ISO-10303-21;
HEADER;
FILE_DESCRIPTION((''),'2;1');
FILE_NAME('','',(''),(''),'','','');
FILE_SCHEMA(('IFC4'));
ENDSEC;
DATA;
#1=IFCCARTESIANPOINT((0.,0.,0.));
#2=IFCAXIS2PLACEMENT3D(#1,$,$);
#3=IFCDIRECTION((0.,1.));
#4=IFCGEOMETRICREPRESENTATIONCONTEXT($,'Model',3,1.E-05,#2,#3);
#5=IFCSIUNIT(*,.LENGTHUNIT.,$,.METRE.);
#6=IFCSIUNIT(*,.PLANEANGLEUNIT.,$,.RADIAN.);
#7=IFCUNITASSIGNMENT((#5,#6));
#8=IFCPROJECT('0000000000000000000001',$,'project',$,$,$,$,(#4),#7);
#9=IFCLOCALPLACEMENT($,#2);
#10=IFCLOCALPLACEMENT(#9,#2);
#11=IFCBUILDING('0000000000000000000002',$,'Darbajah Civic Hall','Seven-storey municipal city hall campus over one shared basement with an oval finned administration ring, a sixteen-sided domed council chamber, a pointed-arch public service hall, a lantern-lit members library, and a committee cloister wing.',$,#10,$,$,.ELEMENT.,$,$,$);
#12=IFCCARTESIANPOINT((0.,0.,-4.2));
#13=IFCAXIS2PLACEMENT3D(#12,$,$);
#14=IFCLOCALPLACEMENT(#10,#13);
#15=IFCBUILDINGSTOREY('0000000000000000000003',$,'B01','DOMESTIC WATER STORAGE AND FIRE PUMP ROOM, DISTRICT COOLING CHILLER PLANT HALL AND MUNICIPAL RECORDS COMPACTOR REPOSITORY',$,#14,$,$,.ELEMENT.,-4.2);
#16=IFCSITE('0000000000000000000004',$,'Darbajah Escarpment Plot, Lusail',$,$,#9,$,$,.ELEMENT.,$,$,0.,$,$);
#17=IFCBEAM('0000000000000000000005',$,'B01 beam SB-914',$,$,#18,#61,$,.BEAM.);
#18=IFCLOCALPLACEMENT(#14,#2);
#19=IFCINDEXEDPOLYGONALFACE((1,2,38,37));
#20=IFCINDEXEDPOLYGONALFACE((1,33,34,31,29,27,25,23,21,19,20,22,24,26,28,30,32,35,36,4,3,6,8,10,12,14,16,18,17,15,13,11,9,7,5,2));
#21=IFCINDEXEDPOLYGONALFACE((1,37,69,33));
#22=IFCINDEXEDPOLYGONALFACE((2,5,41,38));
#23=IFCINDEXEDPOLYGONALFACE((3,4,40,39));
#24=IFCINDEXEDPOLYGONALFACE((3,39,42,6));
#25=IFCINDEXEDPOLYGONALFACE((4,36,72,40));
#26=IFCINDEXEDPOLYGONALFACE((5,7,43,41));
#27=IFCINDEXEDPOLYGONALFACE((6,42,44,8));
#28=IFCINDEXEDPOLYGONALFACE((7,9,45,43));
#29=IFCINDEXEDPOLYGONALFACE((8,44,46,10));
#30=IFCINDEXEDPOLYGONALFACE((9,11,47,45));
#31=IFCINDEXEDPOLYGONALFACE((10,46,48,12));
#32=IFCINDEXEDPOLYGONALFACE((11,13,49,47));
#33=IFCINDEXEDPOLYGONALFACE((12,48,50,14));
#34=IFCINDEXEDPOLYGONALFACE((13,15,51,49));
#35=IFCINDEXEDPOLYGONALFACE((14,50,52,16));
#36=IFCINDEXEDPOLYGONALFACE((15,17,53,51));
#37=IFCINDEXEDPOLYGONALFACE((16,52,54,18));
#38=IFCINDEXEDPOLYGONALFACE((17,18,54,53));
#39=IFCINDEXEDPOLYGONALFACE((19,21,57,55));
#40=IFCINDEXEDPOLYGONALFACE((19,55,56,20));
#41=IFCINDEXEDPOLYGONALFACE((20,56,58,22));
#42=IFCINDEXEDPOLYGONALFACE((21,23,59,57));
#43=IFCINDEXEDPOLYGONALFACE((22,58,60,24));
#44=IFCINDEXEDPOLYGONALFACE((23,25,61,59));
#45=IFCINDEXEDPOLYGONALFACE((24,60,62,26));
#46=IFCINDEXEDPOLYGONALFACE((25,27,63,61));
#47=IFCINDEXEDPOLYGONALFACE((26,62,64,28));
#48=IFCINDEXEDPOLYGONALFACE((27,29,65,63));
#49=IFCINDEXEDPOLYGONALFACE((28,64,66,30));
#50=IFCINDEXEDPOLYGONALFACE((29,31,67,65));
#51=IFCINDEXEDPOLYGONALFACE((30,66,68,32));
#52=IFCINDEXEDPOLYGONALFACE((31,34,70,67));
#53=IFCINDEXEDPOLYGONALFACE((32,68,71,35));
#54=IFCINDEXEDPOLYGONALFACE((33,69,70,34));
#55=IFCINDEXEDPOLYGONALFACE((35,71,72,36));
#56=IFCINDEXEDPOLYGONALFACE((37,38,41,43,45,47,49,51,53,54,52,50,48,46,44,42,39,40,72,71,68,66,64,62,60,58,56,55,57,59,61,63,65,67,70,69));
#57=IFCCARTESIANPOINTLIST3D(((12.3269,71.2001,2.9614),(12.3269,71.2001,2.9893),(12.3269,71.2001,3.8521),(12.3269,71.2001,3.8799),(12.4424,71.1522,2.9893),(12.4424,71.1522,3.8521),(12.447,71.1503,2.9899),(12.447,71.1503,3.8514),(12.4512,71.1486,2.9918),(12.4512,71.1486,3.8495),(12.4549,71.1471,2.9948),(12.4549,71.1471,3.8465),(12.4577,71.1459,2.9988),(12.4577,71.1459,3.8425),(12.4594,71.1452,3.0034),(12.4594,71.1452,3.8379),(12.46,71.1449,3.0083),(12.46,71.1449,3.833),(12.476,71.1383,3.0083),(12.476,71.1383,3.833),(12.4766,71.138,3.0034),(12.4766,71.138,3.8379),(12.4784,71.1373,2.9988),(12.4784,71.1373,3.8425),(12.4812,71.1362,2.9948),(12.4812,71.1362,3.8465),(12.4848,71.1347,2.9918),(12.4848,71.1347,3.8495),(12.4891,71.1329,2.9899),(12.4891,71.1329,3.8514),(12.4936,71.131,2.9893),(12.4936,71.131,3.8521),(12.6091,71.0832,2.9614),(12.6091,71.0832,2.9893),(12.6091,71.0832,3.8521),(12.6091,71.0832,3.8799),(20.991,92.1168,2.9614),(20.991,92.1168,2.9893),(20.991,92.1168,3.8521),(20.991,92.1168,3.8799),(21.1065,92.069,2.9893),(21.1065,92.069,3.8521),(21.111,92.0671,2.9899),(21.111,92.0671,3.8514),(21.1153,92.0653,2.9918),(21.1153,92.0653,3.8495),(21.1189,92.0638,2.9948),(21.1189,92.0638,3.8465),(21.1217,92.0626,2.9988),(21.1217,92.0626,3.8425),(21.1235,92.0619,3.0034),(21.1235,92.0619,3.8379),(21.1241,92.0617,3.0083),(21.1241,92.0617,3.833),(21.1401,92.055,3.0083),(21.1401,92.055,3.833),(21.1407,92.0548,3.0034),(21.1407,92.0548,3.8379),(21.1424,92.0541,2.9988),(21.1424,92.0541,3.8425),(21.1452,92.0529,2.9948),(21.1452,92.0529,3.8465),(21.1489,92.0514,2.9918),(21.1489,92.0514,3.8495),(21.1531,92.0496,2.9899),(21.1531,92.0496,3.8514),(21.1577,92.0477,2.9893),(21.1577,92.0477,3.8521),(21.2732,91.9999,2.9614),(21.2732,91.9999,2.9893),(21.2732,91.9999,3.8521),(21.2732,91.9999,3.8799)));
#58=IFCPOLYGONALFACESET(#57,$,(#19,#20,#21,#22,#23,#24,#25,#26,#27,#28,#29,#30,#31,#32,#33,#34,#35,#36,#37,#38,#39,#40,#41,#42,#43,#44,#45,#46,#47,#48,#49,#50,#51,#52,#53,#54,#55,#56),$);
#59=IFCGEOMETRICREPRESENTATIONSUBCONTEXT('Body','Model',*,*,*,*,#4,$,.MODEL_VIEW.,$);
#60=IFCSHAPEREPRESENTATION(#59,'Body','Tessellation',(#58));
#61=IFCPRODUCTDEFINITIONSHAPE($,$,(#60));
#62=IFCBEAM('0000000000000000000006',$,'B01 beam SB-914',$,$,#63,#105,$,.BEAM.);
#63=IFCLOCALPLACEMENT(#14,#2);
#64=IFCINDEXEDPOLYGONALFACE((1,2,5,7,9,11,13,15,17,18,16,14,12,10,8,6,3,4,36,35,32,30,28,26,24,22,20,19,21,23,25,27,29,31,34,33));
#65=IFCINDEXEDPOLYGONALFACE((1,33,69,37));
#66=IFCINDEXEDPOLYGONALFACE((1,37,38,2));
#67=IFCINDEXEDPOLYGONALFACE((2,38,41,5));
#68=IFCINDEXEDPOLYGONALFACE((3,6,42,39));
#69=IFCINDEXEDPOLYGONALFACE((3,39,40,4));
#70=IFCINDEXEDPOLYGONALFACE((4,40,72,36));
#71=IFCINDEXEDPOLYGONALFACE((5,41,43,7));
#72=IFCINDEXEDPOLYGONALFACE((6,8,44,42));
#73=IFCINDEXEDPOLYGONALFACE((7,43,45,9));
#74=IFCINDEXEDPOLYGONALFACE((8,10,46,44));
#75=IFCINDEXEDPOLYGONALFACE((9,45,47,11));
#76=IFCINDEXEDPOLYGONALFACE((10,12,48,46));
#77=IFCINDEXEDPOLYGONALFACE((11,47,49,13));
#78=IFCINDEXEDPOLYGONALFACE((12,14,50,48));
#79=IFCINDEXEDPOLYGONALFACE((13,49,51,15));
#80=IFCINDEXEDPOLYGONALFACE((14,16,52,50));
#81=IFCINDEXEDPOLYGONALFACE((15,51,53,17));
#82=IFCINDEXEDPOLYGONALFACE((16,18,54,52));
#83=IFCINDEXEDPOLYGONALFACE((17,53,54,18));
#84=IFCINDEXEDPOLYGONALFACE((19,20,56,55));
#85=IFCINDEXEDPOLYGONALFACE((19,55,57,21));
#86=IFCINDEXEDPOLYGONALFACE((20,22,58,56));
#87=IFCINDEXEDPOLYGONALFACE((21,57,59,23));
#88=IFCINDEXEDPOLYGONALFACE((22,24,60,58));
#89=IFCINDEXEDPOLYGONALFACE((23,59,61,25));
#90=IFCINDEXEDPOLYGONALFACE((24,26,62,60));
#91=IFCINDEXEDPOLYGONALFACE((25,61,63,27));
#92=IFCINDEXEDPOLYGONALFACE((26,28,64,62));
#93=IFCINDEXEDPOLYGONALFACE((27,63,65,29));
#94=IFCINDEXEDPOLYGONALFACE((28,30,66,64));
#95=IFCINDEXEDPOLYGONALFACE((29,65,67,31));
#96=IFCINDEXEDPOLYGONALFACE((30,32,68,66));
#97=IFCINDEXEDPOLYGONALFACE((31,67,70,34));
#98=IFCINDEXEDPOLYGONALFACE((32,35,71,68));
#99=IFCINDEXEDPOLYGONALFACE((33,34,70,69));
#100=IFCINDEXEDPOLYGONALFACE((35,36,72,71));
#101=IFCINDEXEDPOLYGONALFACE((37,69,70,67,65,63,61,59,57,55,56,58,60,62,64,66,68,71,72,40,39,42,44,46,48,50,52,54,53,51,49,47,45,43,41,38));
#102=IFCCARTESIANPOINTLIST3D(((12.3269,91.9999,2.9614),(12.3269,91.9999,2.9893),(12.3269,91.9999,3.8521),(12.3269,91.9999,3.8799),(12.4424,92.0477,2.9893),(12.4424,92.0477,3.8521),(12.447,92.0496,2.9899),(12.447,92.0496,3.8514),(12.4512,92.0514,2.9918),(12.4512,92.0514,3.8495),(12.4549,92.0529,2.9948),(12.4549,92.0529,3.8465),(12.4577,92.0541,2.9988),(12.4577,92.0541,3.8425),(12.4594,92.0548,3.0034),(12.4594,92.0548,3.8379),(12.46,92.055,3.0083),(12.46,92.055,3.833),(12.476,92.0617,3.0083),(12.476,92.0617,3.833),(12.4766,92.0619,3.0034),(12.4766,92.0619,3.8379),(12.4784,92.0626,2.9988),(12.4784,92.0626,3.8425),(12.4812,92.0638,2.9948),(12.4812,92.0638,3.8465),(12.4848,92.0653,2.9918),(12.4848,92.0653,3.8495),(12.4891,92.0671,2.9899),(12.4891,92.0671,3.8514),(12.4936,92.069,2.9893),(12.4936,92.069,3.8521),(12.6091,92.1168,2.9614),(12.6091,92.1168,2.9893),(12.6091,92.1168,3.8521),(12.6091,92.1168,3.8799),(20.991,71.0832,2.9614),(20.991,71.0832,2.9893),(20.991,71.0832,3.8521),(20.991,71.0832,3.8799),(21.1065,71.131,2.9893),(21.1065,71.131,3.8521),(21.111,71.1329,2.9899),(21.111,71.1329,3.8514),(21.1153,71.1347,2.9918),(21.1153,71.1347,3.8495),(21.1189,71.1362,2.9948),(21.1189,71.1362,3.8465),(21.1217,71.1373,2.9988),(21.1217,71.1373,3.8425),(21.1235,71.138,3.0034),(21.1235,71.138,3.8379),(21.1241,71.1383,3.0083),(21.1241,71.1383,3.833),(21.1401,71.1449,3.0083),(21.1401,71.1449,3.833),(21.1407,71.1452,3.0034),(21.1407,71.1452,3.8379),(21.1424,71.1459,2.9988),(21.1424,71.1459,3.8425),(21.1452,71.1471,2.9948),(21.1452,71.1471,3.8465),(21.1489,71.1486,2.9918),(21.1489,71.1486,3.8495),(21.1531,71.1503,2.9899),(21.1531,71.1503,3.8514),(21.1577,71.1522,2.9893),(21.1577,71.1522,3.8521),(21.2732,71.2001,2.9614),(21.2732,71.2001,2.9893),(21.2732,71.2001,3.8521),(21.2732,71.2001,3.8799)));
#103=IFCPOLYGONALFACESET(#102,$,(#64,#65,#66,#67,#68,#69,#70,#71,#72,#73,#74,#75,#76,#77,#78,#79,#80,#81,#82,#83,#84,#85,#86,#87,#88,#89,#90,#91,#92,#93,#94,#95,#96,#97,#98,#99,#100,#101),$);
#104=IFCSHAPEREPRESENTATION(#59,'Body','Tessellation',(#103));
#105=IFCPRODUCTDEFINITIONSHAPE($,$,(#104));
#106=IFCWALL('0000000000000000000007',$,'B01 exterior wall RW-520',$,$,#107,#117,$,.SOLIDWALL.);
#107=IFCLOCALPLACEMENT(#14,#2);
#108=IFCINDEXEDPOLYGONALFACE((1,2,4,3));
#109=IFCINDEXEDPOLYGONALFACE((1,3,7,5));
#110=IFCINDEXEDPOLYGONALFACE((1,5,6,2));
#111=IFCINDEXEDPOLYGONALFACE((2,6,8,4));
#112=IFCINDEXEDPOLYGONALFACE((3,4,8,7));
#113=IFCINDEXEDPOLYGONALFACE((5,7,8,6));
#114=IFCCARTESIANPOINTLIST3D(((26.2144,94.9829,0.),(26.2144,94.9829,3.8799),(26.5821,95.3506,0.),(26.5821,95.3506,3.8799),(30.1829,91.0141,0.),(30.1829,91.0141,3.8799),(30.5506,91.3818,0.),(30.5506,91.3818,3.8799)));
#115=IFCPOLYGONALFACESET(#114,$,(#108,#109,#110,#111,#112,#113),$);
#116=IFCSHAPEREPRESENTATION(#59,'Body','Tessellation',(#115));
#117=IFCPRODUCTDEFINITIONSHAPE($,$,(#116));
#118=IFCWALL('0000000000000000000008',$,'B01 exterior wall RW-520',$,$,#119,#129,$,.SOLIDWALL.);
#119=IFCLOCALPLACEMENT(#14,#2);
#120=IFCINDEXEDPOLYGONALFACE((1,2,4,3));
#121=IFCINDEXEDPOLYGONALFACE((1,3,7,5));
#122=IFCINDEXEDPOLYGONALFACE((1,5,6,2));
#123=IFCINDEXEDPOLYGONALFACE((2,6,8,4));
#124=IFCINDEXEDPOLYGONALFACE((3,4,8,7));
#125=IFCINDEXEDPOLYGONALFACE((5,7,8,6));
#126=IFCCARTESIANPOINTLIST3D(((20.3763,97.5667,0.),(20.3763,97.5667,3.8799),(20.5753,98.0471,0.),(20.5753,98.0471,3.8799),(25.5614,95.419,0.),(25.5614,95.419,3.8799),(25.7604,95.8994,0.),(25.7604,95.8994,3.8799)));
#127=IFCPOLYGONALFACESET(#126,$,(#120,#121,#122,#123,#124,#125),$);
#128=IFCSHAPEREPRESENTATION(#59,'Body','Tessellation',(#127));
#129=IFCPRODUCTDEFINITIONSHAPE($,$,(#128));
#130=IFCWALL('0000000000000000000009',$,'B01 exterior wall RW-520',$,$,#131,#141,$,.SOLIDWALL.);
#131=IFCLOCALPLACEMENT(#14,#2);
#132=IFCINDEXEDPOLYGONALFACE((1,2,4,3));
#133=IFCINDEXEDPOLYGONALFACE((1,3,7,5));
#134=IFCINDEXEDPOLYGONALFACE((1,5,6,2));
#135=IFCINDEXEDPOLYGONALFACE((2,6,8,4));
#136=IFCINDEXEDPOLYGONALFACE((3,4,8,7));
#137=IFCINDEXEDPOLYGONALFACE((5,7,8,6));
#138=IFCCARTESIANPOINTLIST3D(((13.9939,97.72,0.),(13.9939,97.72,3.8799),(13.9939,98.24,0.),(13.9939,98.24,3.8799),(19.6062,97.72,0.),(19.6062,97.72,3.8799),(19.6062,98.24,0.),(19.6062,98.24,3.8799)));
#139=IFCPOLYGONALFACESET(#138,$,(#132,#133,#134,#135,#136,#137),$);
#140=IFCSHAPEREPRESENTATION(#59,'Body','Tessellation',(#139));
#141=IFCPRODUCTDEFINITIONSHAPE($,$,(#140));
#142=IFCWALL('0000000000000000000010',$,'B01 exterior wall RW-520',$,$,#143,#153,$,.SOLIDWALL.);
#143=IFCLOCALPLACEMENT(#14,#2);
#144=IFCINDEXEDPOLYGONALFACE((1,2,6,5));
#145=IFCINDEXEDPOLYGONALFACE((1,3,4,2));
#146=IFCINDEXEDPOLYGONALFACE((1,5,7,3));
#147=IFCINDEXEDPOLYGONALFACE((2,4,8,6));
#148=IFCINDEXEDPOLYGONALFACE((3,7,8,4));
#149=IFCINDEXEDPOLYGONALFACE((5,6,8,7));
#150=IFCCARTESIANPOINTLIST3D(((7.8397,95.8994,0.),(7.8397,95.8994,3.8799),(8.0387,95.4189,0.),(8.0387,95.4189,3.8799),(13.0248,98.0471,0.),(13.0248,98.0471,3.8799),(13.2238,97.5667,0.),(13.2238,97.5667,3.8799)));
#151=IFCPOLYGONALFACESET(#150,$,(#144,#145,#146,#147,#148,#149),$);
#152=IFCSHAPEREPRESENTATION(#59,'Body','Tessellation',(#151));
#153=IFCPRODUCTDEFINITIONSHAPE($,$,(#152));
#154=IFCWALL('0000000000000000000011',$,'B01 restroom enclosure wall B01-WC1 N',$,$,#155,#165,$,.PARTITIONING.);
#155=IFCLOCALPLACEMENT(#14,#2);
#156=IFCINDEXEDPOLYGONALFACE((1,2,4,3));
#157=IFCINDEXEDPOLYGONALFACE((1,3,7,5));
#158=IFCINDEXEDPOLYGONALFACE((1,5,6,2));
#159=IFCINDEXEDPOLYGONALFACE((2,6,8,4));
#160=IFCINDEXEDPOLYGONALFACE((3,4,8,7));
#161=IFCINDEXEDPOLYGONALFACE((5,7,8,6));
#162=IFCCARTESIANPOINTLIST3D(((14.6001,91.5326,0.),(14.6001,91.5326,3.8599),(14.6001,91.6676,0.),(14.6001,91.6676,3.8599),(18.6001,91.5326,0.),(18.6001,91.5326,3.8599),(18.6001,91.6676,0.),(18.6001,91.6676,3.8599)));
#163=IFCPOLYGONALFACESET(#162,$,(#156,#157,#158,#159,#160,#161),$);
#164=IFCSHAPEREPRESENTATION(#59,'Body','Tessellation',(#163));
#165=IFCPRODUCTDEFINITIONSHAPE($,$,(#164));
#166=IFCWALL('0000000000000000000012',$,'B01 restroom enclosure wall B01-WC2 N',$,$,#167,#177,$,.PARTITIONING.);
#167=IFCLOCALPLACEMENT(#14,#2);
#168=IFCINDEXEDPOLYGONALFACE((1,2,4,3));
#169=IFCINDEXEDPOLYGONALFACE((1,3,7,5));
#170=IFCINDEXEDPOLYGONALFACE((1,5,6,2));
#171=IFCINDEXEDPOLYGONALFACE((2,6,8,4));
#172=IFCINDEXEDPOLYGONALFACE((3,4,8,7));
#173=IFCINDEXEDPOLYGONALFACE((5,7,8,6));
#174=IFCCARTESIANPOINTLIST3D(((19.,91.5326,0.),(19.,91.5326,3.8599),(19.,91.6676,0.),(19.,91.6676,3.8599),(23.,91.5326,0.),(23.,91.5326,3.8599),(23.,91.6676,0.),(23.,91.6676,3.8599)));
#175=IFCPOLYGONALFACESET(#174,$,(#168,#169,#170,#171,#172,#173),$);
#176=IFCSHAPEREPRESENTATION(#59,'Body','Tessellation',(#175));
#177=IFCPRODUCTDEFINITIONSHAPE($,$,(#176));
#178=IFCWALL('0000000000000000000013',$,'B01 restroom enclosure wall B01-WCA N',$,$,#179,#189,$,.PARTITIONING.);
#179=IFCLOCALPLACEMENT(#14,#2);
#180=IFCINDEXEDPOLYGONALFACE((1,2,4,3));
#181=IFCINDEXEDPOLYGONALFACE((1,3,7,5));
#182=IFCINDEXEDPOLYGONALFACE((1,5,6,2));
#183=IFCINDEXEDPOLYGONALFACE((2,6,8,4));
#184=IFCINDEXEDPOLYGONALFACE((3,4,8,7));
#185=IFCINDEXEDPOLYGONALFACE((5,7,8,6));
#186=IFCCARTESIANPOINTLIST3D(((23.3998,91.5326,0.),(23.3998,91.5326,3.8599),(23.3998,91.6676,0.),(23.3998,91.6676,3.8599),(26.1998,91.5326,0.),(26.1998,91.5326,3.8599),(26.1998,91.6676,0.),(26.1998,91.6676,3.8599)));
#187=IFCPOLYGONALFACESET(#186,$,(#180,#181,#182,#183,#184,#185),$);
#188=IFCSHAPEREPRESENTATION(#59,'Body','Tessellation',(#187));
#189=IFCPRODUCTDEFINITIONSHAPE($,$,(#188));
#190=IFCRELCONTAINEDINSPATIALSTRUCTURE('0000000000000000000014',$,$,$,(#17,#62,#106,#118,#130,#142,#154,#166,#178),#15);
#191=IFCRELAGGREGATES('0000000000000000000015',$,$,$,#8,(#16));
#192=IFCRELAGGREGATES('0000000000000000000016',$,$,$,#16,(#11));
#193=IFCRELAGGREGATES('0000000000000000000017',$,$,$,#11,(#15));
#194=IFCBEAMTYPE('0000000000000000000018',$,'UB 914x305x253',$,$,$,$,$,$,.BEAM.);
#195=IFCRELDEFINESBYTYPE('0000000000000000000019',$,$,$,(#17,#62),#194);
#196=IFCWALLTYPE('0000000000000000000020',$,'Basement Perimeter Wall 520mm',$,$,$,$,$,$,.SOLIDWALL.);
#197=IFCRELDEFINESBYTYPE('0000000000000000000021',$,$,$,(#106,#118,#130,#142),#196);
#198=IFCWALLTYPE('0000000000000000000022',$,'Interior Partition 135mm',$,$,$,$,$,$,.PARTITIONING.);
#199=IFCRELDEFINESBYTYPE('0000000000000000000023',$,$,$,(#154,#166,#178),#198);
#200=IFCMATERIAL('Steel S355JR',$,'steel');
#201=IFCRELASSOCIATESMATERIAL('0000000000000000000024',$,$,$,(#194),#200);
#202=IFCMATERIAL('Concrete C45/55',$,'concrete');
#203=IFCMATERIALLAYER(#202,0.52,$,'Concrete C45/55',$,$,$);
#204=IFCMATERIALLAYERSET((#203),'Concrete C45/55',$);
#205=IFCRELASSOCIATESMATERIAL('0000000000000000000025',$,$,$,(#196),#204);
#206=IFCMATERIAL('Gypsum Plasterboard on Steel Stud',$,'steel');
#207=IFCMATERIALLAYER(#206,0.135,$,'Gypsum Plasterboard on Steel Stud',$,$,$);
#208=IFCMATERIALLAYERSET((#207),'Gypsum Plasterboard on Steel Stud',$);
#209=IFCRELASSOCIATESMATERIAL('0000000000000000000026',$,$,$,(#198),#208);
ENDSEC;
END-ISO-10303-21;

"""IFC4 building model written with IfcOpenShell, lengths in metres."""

from ifc_helpers import new_model, si_unit, direction, frame, frame_2d, origin, origin_2d, place, context, subcontext, project, spatial, rectangle, i_section, extrude, material, layer, layer_set, material_profile, profile_set, type_object, element, save


model = new_model("IFC4")

# Units and contexts
model_context = context("Model", 3, precision=1e-05, world=origin(), true_north=direction((0.0, 1.0)))
body_context = subcontext(model_context, "Body", "Model", "MODEL_VIEW")
ifc_project = project(units=[si_unit("LENGTHUNIT", "METRE"), si_unit("PLANEANGLEUNIT", "RADIAN")], contexts=[model_context])

# Site, building, storey
site_placement = place(None, origin())
site = spatial("IfcSite", under=ifc_project, at=site_placement, Name="Darbajah Escarpment Plot, Lusail", CompositionType="ELEMENT", RefElevation=0.0)
building_placement = place(site_placement, origin())
building = spatial("IfcBuilding", under=site, at=building_placement, Name="Darbajah Civic Hall", Description="Seven-storey municipal city hall campus over one shared basement with an oval finned administration ring, a sixteen-sided domed council chamber, a pointed-arch public service hall, a lantern-lit members library, and a committee cloister wing.", CompositionType="ELEMENT")
storey_placement = place(building_placement, frame((0.0, 0.0, -4.2)))
storey = spatial("IfcBuildingStorey", under=building, at=storey_placement, Name="B01", Description="DOMESTIC WATER STORAGE AND FIRE PUMP ROOM, DISTRICT COOLING CHILLER PLANT HALL AND MUNICIPAL RECORDS COMPACTOR REPOSITORY", CompositionType="ELEMENT", Elevation=-4.2)

# Shared definitions
ifc_material_1 = material(Name="Concrete C45/55", Category="concrete")

# Beams
ifc_material_2 = material(Name="Steel S355JR", Category="steel")
ifc_material_profile_1 = material_profile(ifc_material_2, i_section(OverallWidth=0.3054, OverallDepth=0.9185, WebThickness=0.0173, FlangeThickness=0.0278, FilletRadius=0.019, at=origin_2d()), Name="UB 914x305x253")
ifc_profile_set_1 = profile_set([ifc_material_profile_1], Name="Steel S355JR")
beam_type_1 = type_object("IfcBeamType", Name="UB 914x305x253", PredefinedType="BEAM", material=ifc_profile_set_1)
for number, where, z_axis, x_axis, name in (
    (1, (21.1321, 92.0583, 3.4207), (-0.382686, -0.923879, 0.0), (0.923879, -0.382686, 0.0), "B01 beam SB-914"),
    (2, (12.468, 92.0583, 3.4207), (0.382686, -0.923879, 0.0), (0.923879, 0.382686, 0.0), "B01 beam SB-914"),
):
    element("IfcBeam", number, at=place(storey_placement, frame(where, z_axis=z_axis, x_axis=x_axis)), inside=storey, type_object=beam_type_1, Name=name, PredefinedType="BEAM", context=body_context, shape_type="SweptSolid", body=[
        extrude(i_section(OverallWidth=0.3054, OverallDepth=0.9185, WebThickness=0.0173, FlangeThickness=0.0278, FilletRadius=0.019, at=origin_2d()), origin(), (0.0, 0.0, 1.0), 22.6401),
    ])

# Walls
ifc_layer_1 = layer(ifc_material_1, 0.52, Name="Concrete C45/55")
ifc_layer_set_1 = layer_set([ifc_layer_1], Name="Concrete C45/55")
wall_type_1 = type_object("IfcWallType", Name="Basement Perimeter Wall 520mm", PredefinedType="SOLIDWALL", material=ifc_layer_set_1)
wall_1_placement = place(storey_placement, frame((30.3667, 91.198, 0.0), z_axis=(0.0, 0.0, 1.0), x_axis=(-0.707085, 0.707129, 0.0)))
element("IfcWall", 3, at=wall_1_placement, inside=storey, type_object=wall_type_1, Name="B01 exterior wall RW-520", PredefinedType="SOLIDWALL", context=body_context, shape_type="SweptSolid", body=[
    extrude(rectangle(XDim=5.6125, YDim=0.52, at=frame_2d((2.8062, 0.0))), origin(), (0.0, 0.0, 1.0), 3.8799),
])
for number, where, z_axis, x_axis, name in (
    (4, (25.6609, 95.6592, 0.0), (0.0, 0.0, 1.0), (-0.923881, 0.382681, 0.0), "B01 exterior wall RW-520"),
    (5, (19.6062, 97.98, 0.0), (0.0, 0.0, 1.0), (-1.0, 0.0, 0.0), "B01 exterior wall RW-520"),
    (6, (13.1243, 97.8069, 0.0), (0.0, 0.0, 1.0), (-0.923881, -0.382681, 0.0), "B01 exterior wall RW-520"),
):
    element("IfcWall", number, at=place(storey_placement, frame(where, z_axis=z_axis, x_axis=x_axis)), inside=storey, type_object=wall_type_1, Name=name, PredefinedType="SOLIDWALL", context=body_context, shape_type="SweptSolid", body=[
        extrude(rectangle(XDim=5.6123, YDim=0.52, at=frame_2d((2.8062, 0.0))), origin(), (0.0, 0.0, 1.0), 3.8799),
    ])
ifc_material_3 = material(Name="Gypsum Plasterboard on Steel Stud", Category="steel")
ifc_layer_2 = layer(ifc_material_3, 0.135, Name="Gypsum Plasterboard on Steel Stud")
ifc_layer_set_2 = layer_set([ifc_layer_2], Name="Gypsum Plasterboard on Steel Stud")
wall_type_2 = type_object("IfcWallType", Name="Interior Partition 135mm", PredefinedType="PARTITIONING", material=ifc_layer_set_2)
for number, where, z_axis, x_axis, name in (
    (7, (14.6001, 91.6001, 0.0), (0.0, 0.0, 1.0), (1.0, 0.0, 0.0), "B01 restroom enclosure wall B01-WC1 N"),
    (8, (19.0, 91.6001, 0.0), (0.0, 0.0, 1.0), (1.0, 0.0, 0.0), "B01 restroom enclosure wall B01-WC2 N"),
):
    element("IfcWall", number, at=place(storey_placement, frame(where, z_axis=z_axis, x_axis=x_axis)), inside=storey, type_object=wall_type_2, Name=name, PredefinedType="PARTITIONING", context=body_context, shape_type="SweptSolid", body=[
        extrude(rectangle(XDim=4.0, YDim=0.135, at=frame_2d((2.0, 0.0))), origin(), (0.0, 0.0, 1.0), 3.8599),
    ])
wall_2_placement = place(storey_placement, frame((23.3999, 91.6001, 0.0), z_axis=(0.0, 0.0, 1.0), x_axis=(1.0, 0.0, 0.0)))
element("IfcWall", 9, at=wall_2_placement, inside=storey, type_object=wall_type_2, Name="B01 restroom enclosure wall B01-WCA N", PredefinedType="PARTITIONING", context=body_context, shape_type="SweptSolid", body=[
    extrude(rectangle(XDim=2.8, YDim=0.135, at=frame_2d((1.3999, 0.0))), origin(), (0.0, 0.0, 1.0), 3.8599),
])

save(model, "model.ifc")
